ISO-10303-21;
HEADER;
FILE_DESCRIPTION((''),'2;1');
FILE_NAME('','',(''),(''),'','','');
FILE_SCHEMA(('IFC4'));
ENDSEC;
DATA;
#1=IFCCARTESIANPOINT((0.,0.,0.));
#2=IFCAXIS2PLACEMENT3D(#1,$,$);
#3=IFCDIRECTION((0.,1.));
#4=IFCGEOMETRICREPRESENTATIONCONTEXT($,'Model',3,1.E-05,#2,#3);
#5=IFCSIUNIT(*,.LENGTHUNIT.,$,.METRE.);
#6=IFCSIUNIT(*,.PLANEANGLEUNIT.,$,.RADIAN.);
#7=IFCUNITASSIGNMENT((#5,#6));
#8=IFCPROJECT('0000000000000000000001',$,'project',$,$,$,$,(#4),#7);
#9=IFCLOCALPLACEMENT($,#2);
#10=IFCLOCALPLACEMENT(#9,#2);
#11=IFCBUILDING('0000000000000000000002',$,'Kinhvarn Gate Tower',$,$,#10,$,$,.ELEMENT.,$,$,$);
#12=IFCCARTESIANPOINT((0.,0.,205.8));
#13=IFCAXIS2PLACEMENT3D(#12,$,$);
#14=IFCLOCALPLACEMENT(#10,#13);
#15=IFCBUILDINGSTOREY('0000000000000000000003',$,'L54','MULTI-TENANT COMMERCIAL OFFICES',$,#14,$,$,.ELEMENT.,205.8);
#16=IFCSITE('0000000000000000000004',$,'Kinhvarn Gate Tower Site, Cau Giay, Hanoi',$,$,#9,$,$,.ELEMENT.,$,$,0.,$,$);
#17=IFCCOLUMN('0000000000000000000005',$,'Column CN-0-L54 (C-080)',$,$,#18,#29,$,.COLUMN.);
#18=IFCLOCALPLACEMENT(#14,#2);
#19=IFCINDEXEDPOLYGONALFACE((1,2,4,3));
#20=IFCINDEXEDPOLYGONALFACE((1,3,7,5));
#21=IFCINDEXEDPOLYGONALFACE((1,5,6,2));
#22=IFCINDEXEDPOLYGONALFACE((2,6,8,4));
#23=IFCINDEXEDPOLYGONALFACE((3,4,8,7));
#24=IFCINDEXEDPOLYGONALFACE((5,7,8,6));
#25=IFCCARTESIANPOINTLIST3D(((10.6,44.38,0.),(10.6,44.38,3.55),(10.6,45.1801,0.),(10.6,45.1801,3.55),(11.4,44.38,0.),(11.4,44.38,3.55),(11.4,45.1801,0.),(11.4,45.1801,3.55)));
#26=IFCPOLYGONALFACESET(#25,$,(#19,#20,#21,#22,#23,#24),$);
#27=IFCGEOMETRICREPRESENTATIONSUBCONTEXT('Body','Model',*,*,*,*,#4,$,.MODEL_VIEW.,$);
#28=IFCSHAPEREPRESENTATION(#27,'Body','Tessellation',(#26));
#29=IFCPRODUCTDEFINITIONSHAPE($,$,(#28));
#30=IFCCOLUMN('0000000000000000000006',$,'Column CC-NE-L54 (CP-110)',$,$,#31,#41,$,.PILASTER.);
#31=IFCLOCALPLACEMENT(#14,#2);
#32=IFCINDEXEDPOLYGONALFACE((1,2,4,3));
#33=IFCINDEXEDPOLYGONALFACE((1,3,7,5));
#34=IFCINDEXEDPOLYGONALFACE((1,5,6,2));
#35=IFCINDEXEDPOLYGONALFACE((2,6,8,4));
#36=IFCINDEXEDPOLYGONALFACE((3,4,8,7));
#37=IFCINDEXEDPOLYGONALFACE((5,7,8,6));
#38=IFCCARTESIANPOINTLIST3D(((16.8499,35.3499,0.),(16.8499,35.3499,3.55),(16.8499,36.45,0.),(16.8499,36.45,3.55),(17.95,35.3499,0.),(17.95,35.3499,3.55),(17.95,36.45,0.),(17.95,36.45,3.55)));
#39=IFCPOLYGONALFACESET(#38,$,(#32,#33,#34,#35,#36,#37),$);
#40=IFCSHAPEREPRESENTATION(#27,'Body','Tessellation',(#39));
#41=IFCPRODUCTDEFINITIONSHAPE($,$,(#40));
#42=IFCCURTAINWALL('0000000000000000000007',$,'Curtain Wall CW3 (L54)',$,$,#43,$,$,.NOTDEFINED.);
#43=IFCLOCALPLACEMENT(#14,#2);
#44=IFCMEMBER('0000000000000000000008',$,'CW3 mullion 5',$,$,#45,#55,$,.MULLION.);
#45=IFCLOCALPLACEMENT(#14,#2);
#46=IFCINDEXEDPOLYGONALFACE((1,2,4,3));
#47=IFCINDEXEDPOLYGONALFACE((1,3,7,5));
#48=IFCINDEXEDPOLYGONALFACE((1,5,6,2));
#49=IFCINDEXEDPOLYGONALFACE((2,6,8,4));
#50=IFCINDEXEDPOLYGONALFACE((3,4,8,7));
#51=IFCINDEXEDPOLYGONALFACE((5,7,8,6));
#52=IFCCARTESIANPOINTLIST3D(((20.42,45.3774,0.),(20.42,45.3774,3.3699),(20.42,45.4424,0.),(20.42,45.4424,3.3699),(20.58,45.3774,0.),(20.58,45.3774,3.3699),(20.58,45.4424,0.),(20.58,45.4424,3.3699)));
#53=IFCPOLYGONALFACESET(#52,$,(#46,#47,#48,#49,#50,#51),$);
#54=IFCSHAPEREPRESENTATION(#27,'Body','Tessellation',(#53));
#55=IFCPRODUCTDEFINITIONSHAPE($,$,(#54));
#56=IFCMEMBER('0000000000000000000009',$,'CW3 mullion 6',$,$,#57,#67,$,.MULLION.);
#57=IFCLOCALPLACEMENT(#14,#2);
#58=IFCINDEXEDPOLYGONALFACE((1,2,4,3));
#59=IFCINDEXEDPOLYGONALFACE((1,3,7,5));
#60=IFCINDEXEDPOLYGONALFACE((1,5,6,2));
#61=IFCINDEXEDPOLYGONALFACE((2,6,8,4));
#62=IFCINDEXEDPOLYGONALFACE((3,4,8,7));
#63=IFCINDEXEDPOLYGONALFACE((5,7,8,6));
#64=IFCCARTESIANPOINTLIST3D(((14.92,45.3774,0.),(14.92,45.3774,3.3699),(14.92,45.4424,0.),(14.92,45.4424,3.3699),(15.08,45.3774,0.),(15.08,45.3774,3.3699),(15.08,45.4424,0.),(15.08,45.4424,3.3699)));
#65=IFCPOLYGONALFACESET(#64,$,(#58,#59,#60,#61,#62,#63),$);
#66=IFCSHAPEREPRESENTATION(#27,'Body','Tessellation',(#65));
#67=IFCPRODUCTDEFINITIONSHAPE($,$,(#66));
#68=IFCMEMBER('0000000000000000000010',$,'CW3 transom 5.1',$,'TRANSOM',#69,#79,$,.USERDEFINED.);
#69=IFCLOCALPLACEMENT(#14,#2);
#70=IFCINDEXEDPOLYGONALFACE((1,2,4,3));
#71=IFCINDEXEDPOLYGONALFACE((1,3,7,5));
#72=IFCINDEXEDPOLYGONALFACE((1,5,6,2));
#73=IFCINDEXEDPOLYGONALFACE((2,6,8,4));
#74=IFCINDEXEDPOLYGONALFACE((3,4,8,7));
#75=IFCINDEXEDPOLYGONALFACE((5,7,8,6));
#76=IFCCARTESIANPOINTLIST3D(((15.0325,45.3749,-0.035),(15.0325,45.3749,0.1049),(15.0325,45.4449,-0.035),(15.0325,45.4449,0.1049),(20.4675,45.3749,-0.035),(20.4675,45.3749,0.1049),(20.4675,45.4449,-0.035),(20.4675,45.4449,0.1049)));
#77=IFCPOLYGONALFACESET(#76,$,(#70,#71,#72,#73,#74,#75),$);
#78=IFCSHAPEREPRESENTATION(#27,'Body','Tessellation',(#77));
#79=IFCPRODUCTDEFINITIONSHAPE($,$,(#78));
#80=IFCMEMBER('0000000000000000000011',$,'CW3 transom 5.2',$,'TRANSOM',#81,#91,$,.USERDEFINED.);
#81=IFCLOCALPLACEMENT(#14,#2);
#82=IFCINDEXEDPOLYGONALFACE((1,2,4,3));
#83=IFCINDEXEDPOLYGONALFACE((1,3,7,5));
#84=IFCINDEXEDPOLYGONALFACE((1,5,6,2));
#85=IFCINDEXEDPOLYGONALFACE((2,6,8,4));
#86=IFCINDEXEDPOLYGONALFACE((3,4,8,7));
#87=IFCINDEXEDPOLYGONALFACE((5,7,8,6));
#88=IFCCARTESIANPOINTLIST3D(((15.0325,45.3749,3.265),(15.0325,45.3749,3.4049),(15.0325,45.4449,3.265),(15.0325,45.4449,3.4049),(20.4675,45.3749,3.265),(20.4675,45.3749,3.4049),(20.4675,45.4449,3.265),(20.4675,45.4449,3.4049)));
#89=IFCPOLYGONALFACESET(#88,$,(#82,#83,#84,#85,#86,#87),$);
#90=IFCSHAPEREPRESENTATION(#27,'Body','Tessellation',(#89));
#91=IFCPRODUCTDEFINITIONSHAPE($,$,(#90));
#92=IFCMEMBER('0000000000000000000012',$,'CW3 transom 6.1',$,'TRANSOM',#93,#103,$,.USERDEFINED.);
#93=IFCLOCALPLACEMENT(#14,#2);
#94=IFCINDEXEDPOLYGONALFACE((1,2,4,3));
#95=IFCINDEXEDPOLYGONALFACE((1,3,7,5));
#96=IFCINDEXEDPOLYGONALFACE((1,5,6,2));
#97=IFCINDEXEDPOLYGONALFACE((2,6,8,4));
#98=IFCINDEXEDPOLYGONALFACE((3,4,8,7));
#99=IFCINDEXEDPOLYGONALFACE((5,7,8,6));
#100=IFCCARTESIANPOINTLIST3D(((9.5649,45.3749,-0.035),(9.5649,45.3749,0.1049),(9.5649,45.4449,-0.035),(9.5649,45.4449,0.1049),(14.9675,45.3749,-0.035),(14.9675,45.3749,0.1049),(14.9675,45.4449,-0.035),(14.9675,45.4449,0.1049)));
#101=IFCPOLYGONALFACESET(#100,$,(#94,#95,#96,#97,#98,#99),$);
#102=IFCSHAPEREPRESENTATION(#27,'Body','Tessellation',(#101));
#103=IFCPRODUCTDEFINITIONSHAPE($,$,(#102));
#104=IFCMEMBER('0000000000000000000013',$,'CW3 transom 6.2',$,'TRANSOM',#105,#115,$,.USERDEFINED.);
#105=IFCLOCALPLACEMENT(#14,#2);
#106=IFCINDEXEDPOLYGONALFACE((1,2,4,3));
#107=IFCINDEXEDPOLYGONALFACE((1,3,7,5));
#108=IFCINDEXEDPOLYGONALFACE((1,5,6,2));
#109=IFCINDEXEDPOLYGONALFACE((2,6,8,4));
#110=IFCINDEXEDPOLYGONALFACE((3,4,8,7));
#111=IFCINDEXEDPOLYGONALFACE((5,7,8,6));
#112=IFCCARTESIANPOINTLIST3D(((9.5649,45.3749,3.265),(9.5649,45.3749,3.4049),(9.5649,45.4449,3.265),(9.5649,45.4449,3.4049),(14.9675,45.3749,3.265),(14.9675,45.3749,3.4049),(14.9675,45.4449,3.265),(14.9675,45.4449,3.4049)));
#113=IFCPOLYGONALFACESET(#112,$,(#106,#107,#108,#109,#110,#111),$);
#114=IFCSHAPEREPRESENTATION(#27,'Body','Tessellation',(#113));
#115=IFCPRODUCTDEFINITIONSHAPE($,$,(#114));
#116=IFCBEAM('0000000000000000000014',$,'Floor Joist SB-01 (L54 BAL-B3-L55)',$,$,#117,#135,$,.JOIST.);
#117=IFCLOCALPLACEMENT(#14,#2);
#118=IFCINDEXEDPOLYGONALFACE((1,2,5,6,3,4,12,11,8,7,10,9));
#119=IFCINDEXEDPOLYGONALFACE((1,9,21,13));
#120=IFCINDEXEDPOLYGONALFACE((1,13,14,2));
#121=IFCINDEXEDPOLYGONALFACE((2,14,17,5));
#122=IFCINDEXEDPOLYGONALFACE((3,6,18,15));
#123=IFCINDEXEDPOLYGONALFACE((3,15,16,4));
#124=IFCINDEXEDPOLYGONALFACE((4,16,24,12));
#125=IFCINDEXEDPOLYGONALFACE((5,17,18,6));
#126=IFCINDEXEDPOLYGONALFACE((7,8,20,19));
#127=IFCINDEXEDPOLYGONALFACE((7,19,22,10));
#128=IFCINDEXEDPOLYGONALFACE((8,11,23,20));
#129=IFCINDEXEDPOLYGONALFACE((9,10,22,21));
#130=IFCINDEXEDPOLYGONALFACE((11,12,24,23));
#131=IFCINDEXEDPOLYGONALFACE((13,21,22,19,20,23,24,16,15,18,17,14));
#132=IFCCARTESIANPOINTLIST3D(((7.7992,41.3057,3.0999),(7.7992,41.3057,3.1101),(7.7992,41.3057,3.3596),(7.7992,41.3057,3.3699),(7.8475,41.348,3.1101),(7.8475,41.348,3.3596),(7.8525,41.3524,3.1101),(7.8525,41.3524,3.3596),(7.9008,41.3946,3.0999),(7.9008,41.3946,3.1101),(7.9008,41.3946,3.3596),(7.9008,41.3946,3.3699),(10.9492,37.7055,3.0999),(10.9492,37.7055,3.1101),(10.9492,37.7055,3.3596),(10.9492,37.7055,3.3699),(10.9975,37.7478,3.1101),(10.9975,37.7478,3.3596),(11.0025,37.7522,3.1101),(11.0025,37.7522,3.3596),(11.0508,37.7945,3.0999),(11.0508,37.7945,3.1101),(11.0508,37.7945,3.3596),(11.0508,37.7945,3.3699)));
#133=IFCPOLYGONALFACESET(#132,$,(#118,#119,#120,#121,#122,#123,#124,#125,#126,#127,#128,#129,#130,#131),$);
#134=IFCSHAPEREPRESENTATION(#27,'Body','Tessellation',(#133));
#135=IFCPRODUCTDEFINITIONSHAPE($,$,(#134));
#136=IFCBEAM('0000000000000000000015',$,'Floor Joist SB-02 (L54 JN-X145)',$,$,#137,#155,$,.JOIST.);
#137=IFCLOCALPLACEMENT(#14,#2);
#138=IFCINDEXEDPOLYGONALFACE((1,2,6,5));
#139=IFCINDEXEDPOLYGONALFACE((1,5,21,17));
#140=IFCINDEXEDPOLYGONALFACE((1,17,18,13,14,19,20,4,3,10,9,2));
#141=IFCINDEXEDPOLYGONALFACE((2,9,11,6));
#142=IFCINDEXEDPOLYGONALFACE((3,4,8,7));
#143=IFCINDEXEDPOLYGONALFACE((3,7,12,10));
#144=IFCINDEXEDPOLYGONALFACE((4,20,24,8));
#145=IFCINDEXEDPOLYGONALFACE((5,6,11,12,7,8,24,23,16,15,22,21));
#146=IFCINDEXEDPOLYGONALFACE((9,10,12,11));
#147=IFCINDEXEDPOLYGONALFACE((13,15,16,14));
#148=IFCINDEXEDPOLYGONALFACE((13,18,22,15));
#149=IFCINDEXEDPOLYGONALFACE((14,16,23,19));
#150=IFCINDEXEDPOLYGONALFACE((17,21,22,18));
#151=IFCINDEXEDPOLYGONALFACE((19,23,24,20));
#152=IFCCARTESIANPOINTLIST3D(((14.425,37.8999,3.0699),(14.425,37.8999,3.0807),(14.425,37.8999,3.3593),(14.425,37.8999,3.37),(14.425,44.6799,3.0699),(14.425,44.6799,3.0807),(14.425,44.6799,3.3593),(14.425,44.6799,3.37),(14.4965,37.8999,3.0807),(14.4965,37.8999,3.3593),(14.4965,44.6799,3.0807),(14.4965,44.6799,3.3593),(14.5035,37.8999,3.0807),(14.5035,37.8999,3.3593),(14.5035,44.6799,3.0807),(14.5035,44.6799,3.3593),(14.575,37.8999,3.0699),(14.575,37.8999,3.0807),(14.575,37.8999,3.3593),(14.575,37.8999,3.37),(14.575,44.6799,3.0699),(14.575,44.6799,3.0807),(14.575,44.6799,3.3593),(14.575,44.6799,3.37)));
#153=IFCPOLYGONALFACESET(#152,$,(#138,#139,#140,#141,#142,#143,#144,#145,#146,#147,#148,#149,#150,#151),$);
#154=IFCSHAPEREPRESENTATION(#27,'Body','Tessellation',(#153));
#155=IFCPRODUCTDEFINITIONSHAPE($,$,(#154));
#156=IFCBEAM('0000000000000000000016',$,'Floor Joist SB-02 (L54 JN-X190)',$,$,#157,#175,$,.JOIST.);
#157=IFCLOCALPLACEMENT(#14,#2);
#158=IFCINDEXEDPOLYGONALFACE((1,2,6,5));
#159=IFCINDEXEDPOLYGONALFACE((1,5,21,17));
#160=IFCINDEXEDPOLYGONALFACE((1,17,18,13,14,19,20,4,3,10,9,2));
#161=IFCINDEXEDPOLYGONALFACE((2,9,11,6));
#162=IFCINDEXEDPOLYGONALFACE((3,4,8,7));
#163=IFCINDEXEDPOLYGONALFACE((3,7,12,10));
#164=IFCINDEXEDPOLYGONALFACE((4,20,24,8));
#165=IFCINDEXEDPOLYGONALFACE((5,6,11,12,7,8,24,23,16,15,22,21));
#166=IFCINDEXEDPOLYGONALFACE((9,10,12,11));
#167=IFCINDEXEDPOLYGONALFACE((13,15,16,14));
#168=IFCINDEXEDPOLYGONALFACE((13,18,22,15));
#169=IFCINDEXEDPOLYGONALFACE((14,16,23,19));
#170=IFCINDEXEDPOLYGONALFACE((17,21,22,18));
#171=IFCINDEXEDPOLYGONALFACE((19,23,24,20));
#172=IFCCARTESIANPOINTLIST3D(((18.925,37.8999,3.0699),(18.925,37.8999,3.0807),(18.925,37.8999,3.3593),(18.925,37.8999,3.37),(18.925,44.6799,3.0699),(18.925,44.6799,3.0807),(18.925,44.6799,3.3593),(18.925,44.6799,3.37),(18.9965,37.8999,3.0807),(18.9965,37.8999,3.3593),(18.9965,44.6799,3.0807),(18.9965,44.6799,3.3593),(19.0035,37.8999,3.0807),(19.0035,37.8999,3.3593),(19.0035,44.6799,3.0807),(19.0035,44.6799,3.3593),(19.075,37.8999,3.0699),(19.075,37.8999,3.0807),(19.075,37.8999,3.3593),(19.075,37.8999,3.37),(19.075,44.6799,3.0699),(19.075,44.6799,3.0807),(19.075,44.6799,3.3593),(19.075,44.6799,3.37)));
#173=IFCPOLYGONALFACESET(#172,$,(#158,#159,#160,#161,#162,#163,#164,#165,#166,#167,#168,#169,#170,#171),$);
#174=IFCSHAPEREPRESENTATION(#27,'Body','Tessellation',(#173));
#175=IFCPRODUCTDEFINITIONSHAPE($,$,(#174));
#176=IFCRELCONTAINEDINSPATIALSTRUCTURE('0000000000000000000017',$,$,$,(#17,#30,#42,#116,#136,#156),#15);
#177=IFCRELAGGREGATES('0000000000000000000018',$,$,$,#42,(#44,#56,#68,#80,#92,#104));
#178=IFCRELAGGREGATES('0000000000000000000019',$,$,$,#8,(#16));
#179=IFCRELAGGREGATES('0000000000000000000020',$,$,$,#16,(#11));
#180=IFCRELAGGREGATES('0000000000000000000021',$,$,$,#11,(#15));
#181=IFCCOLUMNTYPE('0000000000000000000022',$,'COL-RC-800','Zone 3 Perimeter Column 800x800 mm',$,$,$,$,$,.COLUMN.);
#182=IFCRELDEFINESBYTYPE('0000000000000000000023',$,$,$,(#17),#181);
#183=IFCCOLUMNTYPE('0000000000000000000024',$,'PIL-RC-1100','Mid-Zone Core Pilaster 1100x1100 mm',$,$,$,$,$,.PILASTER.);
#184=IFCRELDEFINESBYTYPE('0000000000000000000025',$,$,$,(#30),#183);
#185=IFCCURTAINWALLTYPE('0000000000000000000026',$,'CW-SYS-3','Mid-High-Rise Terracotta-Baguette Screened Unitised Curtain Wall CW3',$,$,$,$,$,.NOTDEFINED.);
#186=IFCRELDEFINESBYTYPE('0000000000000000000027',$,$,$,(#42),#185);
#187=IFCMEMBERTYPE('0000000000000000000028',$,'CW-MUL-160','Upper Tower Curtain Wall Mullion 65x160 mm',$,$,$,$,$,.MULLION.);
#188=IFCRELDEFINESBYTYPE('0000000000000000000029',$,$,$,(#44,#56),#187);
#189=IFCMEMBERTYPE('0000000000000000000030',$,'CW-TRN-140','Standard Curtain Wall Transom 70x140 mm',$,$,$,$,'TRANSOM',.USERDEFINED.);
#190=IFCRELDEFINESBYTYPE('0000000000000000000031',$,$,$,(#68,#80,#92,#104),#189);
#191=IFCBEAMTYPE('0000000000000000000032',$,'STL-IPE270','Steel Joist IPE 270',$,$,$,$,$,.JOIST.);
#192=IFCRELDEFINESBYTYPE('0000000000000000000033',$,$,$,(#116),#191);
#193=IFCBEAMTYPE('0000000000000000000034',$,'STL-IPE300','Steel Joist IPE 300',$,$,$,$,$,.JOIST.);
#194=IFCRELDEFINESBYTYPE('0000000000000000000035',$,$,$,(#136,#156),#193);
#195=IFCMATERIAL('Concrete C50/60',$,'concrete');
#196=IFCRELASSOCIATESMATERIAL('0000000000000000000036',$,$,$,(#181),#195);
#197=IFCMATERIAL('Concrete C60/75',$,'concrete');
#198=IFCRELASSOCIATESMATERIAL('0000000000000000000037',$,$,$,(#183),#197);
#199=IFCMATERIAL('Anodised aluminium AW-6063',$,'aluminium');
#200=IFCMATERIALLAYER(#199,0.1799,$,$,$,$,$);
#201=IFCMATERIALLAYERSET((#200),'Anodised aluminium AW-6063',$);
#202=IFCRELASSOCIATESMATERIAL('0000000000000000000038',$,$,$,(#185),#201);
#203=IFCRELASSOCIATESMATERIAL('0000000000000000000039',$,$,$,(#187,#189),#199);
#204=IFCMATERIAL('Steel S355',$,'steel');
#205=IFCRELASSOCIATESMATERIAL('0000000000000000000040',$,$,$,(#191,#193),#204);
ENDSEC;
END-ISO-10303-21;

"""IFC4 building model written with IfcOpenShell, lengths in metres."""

from ifc_helpers import new_model, si_unit, direction, frame, origin, origin_2d, place, context, subcontext, project, spatial, rectangle, i_section, extrude, material, layer, layer_set, material_profile, profile_set, type_object, element, aggregate, save


model = new_model("IFC4")

# Units and contexts
model_context = context("Model", 3, precision=1e-05, world=origin(), true_north=direction((0.0, 1.0)))
body_context = subcontext(model_context, "Body", "Model", "MODEL_VIEW")
ifc_project = project(units=[si_unit("LENGTHUNIT", "METRE"), si_unit("PLANEANGLEUNIT", "RADIAN")], contexts=[model_context])

# Site, building, storey
site_placement = place(None, origin())
site = spatial("IfcSite", under=ifc_project, at=site_placement, Name="Kinhvarn Gate Tower Site, Cau Giay, Hanoi", CompositionType="ELEMENT", RefElevation=0.0)
building_placement = place(site_placement, origin())
building = spatial("IfcBuilding", under=site, at=building_placement, Name="Kinhvarn Gate Tower", CompositionType="ELEMENT")
storey_placement = place(building_placement, frame((0.0, 0.0, 205.8)))
storey = spatial("IfcBuildingStorey", under=building, at=storey_placement, Name="L54", Description="MULTI-TENANT COMMERCIAL OFFICES", CompositionType="ELEMENT", Elevation=205.8)

# Columns
ifc_material_1 = material(Name="Concrete C50/60", Category="concrete")
ifc_material_profile_1 = material_profile(ifc_material_1, rectangle(XDim=0.8, YDim=0.8, at=origin_2d()), Name="RC 800x800")
ifc_profile_set_1 = profile_set([ifc_material_profile_1], Name="Concrete C50/60")
column_type_1 = type_object("IfcColumnType", Name="COL-RC-800", Description="Zone 3 Perimeter Column 800x800 mm", PredefinedType="COLUMN", material=ifc_profile_set_1)
column_1_placement = place(storey_placement, frame((11.0, 44.78, 0.0), z_axis=(0.0, 0.0, 1.0), x_axis=(1.0, 0.0, 0.0)))
element("IfcColumn", 1, at=column_1_placement, inside=storey, type_object=column_type_1, Name="Column CN-0-L54 (C-080)", PredefinedType="COLUMN", context=body_context, shape_type="SweptSolid", body=[
    extrude(rectangle(XDim=0.8, YDim=0.8, at=origin_2d()), origin(), (0.0, 0.0, 1.0), 3.55),
])
ifc_material_2 = material(Name="Concrete C60/75", Category="concrete")
ifc_material_profile_2 = material_profile(ifc_material_2, rectangle(XDim=1.1001, YDim=1.1001, at=origin_2d()), Name="RC 1100x1100")
ifc_profile_set_2 = profile_set([ifc_material_profile_2], Name="Concrete C60/75")
column_type_2 = type_object("IfcColumnType", Name="PIL-RC-1100", Description="Mid-Zone Core Pilaster 1100x1100 mm", PredefinedType="PILASTER", material=ifc_profile_set_2)
column_2_placement = place(storey_placement, frame((17.3999, 35.8999, 0.0), z_axis=(0.0, 0.0, 1.0), x_axis=(1.0, 0.0, 0.0)))
element("IfcColumn", 2, at=column_2_placement, inside=storey, type_object=column_type_2, Name="Column CC-NE-L54 (CP-110)", PredefinedType="PILASTER", context=body_context, shape_type="SweptSolid", body=[
    extrude(rectangle(XDim=1.1001, YDim=1.1001, at=origin_2d()), origin(), (0.0, 0.0, 1.0), 3.55),
])

# Curtain wall, members
ifc_material_3 = material(Name="Anodised aluminium AW-6063", Category="aluminium")
ifc_layer_1 = layer(ifc_material_3, 0.1799)
ifc_layer_set_1 = layer_set([ifc_layer_1], Name="Anodised aluminium AW-6063")
curtain_wall_type = type_object("IfcCurtainWallType", Name="CW-SYS-3", Description="Mid-High-Rise Terracotta-Baguette Screened Unitised Curtain Wall CW3", PredefinedType="NOTDEFINED", material=ifc_layer_set_1)
curtain_wall_placement = place(storey_placement, origin())
curtain_wall = element("IfcCurtainWall", 3, at=curtain_wall_placement, inside=storey, type_object=curtain_wall_type, Name="Curtain Wall CW3 (L54)", PredefinedType="NOTDEFINED")
ifc_material_profile_3 = material_profile(ifc_material_3, rectangle(XDim=0.0649, YDim=0.1599, at=origin_2d()), Name="ALU 65x160")
ifc_profile_set_3 = profile_set([ifc_material_profile_3], Name="Anodised aluminium AW-6063")
member_type_1 = type_object("IfcMemberType", Name="CW-MUL-160", Description="Upper Tower Curtain Wall Mullion 65x160 mm", PredefinedType="MULLION", material=ifc_profile_set_3)
member_1_placement = place(storey_placement, frame((20.5, 45.4099, 0.0), z_axis=(0.0, 0.0, 1.0), x_axis=(0.0, -1.0, 0.0)))
member_1 = element("IfcMember", 4, at=member_1_placement, type_object=member_type_1, Name="CW3 mullion 5", PredefinedType="MULLION", context=body_context, shape_type="SweptSolid", body=[
    extrude(rectangle(XDim=0.0649, YDim=0.1599, at=origin_2d()), origin(), (0.0, 0.0, 1.0), 3.3699),
])
member_2_placement = place(storey_placement, frame((15.0, 45.4099, 0.0), z_axis=(0.0, 0.0, 1.0), x_axis=(0.0, -1.0, 0.0)))
member_2 = element("IfcMember", 5, at=member_2_placement, type_object=member_type_1, Name="CW3 mullion 6", PredefinedType="MULLION", context=body_context, shape_type="SweptSolid", body=[
    extrude(rectangle(XDim=0.0649, YDim=0.1599, at=origin_2d()), origin(), (0.0, 0.0, 1.0), 3.3699),
])
ifc_material_profile_4 = material_profile(ifc_material_3, rectangle(XDim=0.0701, YDim=0.1399, at=origin_2d()), Name="ALU 70x140")
ifc_profile_set_4 = profile_set([ifc_material_profile_4], Name="Anodised aluminium AW-6063")
member_type_2 = type_object("IfcMemberType", Name="CW-TRN-140", Description="Standard Curtain Wall Transom 70x140 mm", ElementType="TRANSOM", PredefinedType="USERDEFINED", material=ifc_profile_set_4)
member_3_placement = place(storey_placement, frame((20.4675, 45.4099, 0.0349), z_axis=(-1.0, 0.0, 0.0), x_axis=(0.0, -1.0, 0.0)))
member_3 = element("IfcMember", 6, at=member_3_placement, type_object=member_type_2, Name="CW3 transom 5.1", ObjectType="TRANSOM", PredefinedType="USERDEFINED", context=body_context, shape_type="SweptSolid", body=[
    extrude(rectangle(XDim=0.0701, YDim=0.1399, at=origin_2d()), origin(), (0.0, 0.0, 1.0), 5.4351),
])
member_4_placement = place(storey_placement, frame((20.4675, 45.4099, 3.335), z_axis=(-1.0, 0.0, 0.0), x_axis=(0.0, -1.0, 0.0)))
member_4 = element("IfcMember", 7, at=member_4_placement, type_object=member_type_2, Name="CW3 transom 5.2", ObjectType="TRANSOM", PredefinedType="USERDEFINED", context=body_context, shape_type="SweptSolid", body=[
    extrude(rectangle(XDim=0.0701, YDim=0.1399, at=origin_2d()), origin(), (0.0, 0.0, 1.0), 5.4351),
])
member_5_placement = place(storey_placement, frame((14.9675, 45.4099, 0.0349), z_axis=(-1.0, 0.0, 0.0), x_axis=(0.0, -1.0, 0.0)))
member_5 = element("IfcMember", 8, at=member_5_placement, type_object=member_type_2, Name="CW3 transom 6.1", ObjectType="TRANSOM", PredefinedType="USERDEFINED", context=body_context, shape_type="SweptSolid", body=[
    extrude(rectangle(XDim=0.0701, YDim=0.1399, at=origin_2d()), origin(), (0.0, 0.0, 1.0), 5.4026),
])
member_6_placement = place(storey_placement, frame((14.9675, 45.4099, 3.335), z_axis=(-1.0, 0.0, 0.0), x_axis=(0.0, -1.0, 0.0)))
member_6 = element("IfcMember", 9, at=member_6_placement, type_object=member_type_2, Name="CW3 transom 6.2", ObjectType="TRANSOM", PredefinedType="USERDEFINED", context=body_context, shape_type="SweptSolid", body=[
    extrude(rectangle(XDim=0.0701, YDim=0.1399, at=origin_2d()), origin(), (0.0, 0.0, 1.0), 5.4026),
])

# Beams
ifc_material_4 = material(Name="Steel S355", Category="steel")
ifc_material_profile_5 = material_profile(ifc_material_4, i_section(OverallWidth=0.135, OverallDepth=0.27, WebThickness=0.0066, FlangeThickness=0.0103, at=origin_2d()), Name="IPE 270")
ifc_profile_set_5 = profile_set([ifc_material_profile_5], Name="Steel S355")
beam_type_1 = type_object("IfcBeamType", Name="STL-IPE270", Description="Steel Joist IPE 270", PredefinedType="JOIST", material=ifc_profile_set_5)
beam_1_placement = place(storey_placement, frame((11.0, 37.75, 3.2349), z_axis=(-0.658483, 0.752596, 0.0), x_axis=(-0.752596, -0.658483, 0.0)))
element("IfcBeam", 10, at=beam_1_placement, inside=storey, type_object=beam_type_1, Name="Floor Joist SB-01 (L54 BAL-B3-L55)", PredefinedType="JOIST", context=body_context, shape_type="SweptSolid", body=[
    extrude(i_section(OverallWidth=0.135, OverallDepth=0.27, WebThickness=0.0066, FlangeThickness=0.0103, at=origin_2d()), origin(), (0.0, 0.0, 1.0), 4.7837),
])
ifc_material_profile_6 = material_profile(ifc_material_4, i_section(OverallWidth=0.1499, OverallDepth=0.3, WebThickness=0.0071, FlangeThickness=0.0107, at=origin_2d()), Name="IPE 300")
ifc_profile_set_6 = profile_set([ifc_material_profile_6], Name="Steel S355")
beam_type_2 = type_object("IfcBeamType", Name="STL-IPE300", Description="Steel Joist IPE 300", PredefinedType="JOIST", material=ifc_profile_set_6)
for number, where, z_axis, x_axis, name in (
    (11, (14.5, 37.8999, 3.22), (0.0, 1.0, 0.0), (-1.0, 0.0, 0.0), "Floor Joist SB-02 (L54 JN-X145)"),
    (12, (19.0, 37.8999, 3.22), (0.0, 1.0, 0.0), (-1.0, 0.0, 0.0), "Floor Joist SB-02 (L54 JN-X190)"),
):
    element("IfcBeam", number, at=place(storey_placement, frame(where, z_axis=z_axis, x_axis=x_axis)), inside=storey, type_object=beam_type_2, Name=name, PredefinedType="JOIST", context=body_context, shape_type="SweptSolid", body=[
        extrude(i_section(OverallWidth=0.1499, OverallDepth=0.3, WebThickness=0.0071, FlangeThickness=0.0107, at=origin_2d()), origin(), (0.0, 0.0, 1.0), 6.78),
    ])

aggregate(curtain_wall, [member_1, member_2, member_3, member_4, member_5, member_6])

save(model, "model.ifc")
